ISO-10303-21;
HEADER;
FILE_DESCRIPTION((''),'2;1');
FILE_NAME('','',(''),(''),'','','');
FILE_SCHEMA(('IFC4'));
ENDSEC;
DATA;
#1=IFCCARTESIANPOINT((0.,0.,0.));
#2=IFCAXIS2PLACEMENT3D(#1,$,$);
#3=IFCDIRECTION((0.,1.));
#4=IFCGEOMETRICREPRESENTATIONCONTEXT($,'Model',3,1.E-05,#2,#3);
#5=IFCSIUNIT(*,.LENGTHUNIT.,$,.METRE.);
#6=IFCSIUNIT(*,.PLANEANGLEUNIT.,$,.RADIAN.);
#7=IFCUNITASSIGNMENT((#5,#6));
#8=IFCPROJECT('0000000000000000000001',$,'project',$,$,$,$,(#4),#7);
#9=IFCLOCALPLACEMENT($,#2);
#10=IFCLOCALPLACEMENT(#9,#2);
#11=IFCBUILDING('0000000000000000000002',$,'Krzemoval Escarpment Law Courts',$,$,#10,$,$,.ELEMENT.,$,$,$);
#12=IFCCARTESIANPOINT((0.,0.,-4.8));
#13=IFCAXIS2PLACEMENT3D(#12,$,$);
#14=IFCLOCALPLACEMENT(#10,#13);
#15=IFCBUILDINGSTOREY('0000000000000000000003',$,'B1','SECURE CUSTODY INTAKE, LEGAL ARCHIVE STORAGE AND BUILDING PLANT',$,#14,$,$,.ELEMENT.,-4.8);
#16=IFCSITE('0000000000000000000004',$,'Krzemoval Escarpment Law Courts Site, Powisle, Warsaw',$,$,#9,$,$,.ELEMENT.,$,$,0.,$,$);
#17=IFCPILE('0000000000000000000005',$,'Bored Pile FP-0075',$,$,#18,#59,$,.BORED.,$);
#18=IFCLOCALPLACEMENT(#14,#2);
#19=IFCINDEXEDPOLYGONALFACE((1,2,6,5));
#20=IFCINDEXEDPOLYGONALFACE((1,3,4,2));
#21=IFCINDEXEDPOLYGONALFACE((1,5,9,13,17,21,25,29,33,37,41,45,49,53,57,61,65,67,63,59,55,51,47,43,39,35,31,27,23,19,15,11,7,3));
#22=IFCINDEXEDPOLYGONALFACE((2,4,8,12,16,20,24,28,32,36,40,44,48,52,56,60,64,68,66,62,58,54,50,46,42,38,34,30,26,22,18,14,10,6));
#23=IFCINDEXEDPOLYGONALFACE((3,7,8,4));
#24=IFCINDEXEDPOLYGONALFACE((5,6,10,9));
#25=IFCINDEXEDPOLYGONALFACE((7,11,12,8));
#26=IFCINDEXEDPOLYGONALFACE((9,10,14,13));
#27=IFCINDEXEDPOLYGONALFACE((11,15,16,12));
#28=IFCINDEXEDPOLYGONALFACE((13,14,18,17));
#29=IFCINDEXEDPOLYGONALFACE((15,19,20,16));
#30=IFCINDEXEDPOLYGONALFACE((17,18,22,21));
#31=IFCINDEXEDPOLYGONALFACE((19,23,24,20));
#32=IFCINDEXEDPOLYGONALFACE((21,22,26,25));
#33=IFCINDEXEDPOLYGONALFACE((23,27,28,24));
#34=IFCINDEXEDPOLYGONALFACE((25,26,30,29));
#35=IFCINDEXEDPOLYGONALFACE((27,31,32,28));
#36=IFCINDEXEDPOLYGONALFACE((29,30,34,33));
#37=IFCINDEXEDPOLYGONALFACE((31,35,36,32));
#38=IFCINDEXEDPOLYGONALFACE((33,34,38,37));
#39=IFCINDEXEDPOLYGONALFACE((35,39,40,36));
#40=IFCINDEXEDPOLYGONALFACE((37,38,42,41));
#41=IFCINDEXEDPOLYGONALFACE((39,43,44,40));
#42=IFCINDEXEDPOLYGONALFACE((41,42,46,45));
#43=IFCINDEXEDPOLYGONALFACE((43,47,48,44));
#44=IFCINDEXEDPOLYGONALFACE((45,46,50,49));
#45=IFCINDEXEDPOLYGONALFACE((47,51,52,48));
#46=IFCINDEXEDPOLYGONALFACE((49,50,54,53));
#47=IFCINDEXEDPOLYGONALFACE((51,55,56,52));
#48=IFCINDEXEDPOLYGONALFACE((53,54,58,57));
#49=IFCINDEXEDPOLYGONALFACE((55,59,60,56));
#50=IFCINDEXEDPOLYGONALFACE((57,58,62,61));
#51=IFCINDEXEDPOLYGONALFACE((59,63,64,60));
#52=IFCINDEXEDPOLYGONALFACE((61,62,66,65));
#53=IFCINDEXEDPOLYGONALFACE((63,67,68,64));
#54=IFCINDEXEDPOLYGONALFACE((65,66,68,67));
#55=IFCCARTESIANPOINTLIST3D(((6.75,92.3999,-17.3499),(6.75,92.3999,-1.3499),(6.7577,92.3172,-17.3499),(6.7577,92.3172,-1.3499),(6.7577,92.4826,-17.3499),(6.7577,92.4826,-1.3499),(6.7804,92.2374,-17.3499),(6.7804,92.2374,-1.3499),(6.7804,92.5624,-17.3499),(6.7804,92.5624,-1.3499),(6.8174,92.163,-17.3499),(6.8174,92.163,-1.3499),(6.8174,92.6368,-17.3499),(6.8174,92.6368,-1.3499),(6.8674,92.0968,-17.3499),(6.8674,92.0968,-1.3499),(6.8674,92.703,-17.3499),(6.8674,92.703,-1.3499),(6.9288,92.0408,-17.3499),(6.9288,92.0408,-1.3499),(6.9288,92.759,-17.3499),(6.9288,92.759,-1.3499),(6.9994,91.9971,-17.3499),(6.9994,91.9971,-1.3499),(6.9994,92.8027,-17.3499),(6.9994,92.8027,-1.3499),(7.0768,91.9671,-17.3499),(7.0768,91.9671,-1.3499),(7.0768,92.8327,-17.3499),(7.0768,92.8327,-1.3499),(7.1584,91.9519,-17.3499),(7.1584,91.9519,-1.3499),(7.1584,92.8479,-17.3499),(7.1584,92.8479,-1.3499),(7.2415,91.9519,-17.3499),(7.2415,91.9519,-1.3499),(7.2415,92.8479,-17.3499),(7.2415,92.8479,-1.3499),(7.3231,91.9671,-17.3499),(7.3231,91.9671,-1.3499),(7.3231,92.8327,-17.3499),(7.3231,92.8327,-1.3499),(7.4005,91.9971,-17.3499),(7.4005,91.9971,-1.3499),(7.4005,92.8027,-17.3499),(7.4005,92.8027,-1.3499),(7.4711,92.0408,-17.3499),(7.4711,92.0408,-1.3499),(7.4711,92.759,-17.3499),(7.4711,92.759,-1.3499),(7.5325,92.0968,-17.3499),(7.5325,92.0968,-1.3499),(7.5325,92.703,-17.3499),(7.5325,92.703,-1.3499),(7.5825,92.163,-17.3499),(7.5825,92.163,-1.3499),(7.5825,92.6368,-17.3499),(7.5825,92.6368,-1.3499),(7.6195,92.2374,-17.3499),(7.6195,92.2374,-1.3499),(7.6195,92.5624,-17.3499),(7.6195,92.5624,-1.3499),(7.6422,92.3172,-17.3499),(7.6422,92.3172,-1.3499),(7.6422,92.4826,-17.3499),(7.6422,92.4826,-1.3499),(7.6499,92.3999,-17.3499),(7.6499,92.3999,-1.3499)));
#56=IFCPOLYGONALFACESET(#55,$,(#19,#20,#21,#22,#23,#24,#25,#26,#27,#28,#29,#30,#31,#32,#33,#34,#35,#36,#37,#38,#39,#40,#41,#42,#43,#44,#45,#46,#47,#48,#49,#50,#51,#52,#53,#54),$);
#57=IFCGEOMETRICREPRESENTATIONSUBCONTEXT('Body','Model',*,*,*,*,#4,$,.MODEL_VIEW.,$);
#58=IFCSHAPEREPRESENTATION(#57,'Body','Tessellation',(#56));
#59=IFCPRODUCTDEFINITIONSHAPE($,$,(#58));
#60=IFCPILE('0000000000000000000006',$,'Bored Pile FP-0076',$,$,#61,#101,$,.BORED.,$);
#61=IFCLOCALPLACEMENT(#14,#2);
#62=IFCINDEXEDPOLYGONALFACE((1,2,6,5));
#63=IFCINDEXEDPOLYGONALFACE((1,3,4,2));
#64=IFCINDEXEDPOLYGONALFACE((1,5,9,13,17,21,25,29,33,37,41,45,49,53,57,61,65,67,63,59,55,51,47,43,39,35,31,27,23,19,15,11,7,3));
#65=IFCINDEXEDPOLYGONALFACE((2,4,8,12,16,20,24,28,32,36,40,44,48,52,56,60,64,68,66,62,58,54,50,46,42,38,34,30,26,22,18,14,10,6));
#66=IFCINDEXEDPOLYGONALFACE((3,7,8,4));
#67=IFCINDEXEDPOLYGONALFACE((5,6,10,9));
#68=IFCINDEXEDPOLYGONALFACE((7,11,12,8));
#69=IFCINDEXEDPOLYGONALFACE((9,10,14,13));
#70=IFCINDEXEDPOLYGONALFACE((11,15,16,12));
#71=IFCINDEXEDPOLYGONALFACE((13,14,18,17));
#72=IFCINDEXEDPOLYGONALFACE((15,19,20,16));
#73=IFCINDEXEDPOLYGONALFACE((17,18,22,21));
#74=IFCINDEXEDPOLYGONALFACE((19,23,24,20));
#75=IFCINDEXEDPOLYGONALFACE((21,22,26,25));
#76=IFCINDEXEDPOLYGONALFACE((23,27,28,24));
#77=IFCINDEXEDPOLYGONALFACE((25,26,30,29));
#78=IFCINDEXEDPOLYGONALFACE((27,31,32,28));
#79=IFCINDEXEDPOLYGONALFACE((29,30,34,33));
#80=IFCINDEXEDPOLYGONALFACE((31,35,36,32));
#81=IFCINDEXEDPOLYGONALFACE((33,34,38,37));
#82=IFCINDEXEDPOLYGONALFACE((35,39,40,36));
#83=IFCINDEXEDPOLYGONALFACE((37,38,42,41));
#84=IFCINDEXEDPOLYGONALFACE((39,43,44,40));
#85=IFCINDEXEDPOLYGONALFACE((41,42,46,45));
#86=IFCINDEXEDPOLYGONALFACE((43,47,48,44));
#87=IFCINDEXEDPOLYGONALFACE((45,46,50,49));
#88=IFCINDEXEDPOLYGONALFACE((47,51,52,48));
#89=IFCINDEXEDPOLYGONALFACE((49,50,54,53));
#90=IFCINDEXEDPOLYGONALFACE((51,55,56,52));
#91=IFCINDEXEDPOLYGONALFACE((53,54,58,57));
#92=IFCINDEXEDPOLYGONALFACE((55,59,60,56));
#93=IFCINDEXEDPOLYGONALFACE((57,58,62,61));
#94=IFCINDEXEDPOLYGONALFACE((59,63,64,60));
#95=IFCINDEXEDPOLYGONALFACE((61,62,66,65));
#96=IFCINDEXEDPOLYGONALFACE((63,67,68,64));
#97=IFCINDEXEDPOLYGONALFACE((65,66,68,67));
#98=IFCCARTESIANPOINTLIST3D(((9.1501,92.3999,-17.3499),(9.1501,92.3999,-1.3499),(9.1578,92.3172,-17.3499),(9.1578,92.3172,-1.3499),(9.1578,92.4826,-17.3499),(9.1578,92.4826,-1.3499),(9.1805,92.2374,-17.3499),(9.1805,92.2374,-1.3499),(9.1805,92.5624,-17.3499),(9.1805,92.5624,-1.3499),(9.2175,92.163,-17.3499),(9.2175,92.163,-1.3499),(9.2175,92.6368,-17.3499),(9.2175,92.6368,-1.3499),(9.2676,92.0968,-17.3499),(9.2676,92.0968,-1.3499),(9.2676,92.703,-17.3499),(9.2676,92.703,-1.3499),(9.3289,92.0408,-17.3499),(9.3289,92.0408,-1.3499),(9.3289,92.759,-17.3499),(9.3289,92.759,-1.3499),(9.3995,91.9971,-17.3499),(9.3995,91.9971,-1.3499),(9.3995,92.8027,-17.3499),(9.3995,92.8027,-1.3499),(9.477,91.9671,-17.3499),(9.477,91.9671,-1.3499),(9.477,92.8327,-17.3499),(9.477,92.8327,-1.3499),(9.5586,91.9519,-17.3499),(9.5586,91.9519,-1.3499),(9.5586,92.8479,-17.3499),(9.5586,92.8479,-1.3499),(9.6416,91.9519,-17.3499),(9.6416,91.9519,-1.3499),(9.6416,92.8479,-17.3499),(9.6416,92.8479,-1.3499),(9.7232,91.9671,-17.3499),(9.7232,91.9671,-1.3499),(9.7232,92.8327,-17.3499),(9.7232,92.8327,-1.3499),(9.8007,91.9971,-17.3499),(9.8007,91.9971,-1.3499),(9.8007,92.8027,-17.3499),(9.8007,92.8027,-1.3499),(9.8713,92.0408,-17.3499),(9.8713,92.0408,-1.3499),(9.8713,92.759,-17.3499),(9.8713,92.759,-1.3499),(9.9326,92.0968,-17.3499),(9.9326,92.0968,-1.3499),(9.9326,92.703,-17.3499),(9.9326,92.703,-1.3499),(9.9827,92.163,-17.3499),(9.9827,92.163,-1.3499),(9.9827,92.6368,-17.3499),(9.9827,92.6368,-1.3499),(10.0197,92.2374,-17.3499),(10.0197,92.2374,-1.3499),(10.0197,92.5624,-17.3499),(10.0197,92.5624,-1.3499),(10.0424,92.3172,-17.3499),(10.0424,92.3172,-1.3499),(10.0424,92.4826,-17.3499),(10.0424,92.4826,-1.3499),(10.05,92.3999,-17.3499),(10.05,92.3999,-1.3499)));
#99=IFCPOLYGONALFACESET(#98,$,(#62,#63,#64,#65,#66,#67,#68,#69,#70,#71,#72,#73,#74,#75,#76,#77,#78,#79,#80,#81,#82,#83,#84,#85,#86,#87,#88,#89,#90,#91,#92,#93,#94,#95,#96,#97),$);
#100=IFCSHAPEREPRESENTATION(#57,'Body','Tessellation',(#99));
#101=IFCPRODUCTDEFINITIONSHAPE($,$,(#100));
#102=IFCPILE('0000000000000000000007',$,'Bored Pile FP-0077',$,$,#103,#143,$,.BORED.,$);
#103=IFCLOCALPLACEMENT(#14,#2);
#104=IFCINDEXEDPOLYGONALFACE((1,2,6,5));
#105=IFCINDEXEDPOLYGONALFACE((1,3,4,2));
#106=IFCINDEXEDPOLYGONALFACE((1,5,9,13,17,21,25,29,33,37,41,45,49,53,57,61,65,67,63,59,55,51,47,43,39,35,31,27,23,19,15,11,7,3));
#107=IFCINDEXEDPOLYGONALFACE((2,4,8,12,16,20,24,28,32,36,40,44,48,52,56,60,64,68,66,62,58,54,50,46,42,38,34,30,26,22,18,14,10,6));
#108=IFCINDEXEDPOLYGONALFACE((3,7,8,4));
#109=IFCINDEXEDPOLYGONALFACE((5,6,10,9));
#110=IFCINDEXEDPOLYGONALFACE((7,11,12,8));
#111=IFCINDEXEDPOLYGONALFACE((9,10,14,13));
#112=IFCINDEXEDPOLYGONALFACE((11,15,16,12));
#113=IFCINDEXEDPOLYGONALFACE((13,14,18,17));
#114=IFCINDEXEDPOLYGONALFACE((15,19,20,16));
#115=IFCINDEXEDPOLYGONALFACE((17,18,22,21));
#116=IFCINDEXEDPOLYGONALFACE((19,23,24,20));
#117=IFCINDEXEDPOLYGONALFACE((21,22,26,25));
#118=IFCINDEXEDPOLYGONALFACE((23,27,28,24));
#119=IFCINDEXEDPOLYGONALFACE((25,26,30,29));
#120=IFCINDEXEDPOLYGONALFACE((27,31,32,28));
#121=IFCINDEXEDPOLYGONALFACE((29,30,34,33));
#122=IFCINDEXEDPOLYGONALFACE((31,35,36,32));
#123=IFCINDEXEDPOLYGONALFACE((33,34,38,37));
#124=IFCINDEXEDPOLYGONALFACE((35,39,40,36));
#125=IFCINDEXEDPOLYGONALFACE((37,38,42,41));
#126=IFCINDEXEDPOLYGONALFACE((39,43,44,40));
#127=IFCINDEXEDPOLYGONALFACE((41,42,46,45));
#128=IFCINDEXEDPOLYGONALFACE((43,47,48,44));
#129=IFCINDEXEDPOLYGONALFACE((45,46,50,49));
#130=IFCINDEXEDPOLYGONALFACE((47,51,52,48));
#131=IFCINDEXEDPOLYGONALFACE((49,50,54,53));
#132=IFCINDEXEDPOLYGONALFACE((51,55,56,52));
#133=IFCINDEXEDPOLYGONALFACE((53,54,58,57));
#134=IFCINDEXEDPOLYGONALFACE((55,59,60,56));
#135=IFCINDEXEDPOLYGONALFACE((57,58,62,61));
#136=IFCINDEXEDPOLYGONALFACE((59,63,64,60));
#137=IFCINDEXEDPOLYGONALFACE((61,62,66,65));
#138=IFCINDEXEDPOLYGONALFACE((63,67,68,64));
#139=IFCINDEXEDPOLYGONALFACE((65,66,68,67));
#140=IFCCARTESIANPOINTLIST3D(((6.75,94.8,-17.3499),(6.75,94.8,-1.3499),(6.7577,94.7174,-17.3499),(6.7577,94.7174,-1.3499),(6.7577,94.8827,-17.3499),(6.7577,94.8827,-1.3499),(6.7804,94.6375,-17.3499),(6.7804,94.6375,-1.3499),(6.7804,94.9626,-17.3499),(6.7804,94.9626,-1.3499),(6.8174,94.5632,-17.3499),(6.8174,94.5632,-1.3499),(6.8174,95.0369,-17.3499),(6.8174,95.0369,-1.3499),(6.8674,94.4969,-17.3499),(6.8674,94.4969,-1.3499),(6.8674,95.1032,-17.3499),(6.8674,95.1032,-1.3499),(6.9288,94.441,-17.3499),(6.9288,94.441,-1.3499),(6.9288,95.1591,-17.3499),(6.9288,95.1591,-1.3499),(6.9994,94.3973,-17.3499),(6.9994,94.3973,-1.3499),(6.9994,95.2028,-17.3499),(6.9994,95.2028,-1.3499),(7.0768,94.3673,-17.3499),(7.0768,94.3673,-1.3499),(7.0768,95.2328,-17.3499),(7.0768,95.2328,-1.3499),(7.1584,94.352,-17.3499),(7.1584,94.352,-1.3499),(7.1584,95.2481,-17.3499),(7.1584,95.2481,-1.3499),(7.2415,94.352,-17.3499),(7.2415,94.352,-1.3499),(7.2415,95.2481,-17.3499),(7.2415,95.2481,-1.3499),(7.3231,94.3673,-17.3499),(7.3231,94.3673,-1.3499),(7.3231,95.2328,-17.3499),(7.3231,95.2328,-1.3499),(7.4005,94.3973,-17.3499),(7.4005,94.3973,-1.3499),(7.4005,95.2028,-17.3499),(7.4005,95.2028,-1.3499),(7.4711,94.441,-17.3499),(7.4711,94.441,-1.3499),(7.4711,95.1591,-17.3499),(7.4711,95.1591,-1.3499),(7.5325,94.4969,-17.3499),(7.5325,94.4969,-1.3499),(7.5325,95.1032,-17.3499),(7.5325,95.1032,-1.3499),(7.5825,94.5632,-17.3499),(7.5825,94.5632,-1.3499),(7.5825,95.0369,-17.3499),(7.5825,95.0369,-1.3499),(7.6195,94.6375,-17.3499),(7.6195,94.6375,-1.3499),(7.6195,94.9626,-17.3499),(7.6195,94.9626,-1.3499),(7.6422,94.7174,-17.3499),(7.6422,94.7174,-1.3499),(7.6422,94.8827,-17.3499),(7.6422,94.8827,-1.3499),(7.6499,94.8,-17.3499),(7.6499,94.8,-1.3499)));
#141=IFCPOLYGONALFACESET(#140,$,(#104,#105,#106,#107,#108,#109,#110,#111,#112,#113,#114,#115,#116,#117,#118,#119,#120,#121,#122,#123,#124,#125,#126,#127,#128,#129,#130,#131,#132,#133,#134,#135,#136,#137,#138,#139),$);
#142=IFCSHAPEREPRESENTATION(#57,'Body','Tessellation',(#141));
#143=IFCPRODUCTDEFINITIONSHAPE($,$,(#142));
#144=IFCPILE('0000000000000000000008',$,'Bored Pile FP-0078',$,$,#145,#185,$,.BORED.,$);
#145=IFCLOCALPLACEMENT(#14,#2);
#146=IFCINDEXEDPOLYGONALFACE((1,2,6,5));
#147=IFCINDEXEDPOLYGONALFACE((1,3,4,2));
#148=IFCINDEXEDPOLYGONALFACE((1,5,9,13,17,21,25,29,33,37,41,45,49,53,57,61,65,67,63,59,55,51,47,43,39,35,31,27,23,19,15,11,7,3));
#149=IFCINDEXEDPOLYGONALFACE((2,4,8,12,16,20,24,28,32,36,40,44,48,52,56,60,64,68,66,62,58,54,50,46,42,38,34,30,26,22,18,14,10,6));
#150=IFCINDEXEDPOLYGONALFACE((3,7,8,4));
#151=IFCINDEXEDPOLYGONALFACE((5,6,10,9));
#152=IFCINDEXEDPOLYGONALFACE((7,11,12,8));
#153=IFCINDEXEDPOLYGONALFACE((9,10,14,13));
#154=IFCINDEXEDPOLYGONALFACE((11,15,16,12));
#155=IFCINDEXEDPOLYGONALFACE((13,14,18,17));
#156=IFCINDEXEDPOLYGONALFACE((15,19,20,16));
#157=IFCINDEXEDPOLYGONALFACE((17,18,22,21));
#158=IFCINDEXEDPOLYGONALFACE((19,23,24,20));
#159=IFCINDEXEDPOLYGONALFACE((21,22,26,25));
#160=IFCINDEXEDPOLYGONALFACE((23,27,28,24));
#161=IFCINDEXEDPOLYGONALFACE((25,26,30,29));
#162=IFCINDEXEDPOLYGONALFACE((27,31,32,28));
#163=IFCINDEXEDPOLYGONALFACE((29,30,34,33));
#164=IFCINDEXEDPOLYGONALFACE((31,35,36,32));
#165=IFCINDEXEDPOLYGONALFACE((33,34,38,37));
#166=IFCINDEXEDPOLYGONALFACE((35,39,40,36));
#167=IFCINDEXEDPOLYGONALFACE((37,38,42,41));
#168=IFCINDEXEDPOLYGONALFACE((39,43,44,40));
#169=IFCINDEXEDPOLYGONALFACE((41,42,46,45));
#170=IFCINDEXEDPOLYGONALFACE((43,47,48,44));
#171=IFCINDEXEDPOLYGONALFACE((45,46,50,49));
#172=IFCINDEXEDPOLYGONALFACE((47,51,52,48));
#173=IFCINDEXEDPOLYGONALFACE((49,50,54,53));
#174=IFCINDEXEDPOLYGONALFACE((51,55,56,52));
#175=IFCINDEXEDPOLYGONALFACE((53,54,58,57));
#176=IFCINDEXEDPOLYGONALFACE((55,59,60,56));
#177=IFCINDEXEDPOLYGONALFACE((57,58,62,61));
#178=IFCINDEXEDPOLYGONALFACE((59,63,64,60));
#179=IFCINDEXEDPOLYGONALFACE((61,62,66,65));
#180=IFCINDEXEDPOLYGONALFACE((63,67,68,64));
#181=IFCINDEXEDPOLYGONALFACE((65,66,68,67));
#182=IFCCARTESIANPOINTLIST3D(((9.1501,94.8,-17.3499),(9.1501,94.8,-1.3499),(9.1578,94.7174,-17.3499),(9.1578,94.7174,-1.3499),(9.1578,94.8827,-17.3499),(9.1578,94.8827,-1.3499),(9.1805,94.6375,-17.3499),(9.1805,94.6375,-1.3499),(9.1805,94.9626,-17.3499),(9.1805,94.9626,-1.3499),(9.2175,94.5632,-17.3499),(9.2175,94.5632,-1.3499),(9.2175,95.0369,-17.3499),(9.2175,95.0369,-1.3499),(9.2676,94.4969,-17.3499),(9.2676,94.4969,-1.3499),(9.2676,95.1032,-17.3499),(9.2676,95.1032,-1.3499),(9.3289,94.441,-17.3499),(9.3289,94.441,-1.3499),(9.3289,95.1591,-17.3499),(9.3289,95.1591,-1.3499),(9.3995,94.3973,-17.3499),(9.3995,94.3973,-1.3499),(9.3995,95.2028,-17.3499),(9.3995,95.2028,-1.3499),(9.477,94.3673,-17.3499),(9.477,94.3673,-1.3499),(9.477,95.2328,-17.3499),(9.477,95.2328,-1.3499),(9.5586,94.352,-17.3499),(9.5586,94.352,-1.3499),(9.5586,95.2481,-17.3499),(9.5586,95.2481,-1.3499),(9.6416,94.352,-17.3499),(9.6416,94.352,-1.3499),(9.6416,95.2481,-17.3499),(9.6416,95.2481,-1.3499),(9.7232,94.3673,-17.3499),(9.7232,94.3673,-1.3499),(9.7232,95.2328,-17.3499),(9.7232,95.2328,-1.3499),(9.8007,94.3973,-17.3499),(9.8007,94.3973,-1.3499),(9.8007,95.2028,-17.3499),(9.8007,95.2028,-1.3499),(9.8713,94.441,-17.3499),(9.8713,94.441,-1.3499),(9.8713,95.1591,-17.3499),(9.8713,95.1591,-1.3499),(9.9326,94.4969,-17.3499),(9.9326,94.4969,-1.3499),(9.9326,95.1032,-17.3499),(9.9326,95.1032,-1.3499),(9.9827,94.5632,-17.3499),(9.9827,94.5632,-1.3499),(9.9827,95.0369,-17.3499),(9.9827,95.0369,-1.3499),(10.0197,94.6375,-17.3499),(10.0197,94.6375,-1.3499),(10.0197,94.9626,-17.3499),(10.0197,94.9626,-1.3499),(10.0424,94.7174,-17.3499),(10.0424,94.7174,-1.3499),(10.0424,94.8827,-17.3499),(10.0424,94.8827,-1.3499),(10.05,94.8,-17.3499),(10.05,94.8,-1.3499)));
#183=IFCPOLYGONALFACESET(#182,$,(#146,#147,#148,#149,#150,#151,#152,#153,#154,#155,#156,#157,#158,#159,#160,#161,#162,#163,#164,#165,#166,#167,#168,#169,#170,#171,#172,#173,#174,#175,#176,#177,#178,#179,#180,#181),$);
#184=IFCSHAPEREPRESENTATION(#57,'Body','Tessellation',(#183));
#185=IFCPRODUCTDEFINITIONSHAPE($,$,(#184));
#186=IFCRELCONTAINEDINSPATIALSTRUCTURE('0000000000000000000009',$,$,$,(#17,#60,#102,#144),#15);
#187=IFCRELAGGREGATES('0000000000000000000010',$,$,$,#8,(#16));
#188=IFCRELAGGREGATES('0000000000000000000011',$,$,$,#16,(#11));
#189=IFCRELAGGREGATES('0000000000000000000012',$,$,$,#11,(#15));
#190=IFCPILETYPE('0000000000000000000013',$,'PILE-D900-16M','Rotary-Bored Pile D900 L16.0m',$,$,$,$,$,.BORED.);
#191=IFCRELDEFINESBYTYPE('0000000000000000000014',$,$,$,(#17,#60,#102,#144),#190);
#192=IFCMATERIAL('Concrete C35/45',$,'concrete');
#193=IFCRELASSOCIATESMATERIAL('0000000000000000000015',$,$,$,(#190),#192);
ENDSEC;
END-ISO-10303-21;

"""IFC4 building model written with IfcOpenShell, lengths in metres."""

from ifc_helpers import new_model, si_unit, direction, frame, origin, origin_2d, place, context, subcontext, project, spatial, circle, extrude, material, material_profile, profile_set, type_object, element, save


model = new_model("IFC4")

# Units and contexts
model_context = context("Model", 3, precision=1e-05, world=origin(), true_north=direction((0.0, 1.0)))
body_context = subcontext(model_context, "Body", "Model", "MODEL_VIEW")
ifc_project = project(units=[si_unit("LENGTHUNIT", "METRE"), si_unit("PLANEANGLEUNIT", "RADIAN")], contexts=[model_context])

# Site, building, storey
site_placement = place(None, origin())
site = spatial("IfcSite", under=ifc_project, at=site_placement, Name="Krzemoval Escarpment Law Courts Site, Powisle, Warsaw", CompositionType="ELEMENT", RefElevation=0.0)
building_placement = place(site_placement, origin())
building = spatial("IfcBuilding", under=site, at=building_placement, Name="Krzemoval Escarpment Law Courts", CompositionType="ELEMENT")
storey_placement = place(building_placement, frame((0.0, 0.0, -4.8)))
storey = spatial("IfcBuildingStorey", under=building, at=storey_placement, Name="B1", Description="SECURE CUSTODY INTAKE, LEGAL ARCHIVE STORAGE AND BUILDING PLANT", CompositionType="ELEMENT", Elevation=-4.8)

# Piles
ifc_material_1 = material(Name="Concrete C35/45", Category="concrete")
ifc_material_profile_1 = material_profile(ifc_material_1, circle(Radius=0.45, at=origin_2d()), Name="PILE D900")
ifc_profile_set_1 = profile_set([ifc_material_profile_1], Name="Concrete C35/45")
pile_type = type_object("IfcPileType", Name="PILE-D900-16M", Description="Rotary-Bored Pile D900 L16.0m", PredefinedType="BORED", material=ifc_profile_set_1)
for number, where, z_axis, x_axis, name in (
    (1, (7.2, 92.3999, -1.3499), (0.0, 0.0, -1.0), (1.0, 0.0, 0.0), "Bored Pile FP-0075"),
    (2, (9.6001, 92.3999, -1.3499), (0.0, 0.0, -1.0), (1.0, 0.0, 0.0), "Bored Pile FP-0076"),
    (3, (7.2, 94.8, -1.3499), (0.0, 0.0, -1.0), (1.0, 0.0, 0.0), "Bored Pile FP-0077"),
    (4, (9.6001, 94.8, -1.3499), (0.0, 0.0, -1.0), (1.0, 0.0, 0.0), "Bored Pile FP-0078"),
):
    element("IfcPile", number, at=place(storey_placement, frame(where, z_axis=z_axis, x_axis=x_axis)), inside=storey, type_object=pile_type, Name=name, PredefinedType="BORED", context=body_context, shape_type="SweptSolid", body=[
        extrude(circle(Radius=0.45, at=origin_2d()), origin(), (0.0, 0.0, 1.0), 16.0),
    ])

save(model, "model.ifc")
